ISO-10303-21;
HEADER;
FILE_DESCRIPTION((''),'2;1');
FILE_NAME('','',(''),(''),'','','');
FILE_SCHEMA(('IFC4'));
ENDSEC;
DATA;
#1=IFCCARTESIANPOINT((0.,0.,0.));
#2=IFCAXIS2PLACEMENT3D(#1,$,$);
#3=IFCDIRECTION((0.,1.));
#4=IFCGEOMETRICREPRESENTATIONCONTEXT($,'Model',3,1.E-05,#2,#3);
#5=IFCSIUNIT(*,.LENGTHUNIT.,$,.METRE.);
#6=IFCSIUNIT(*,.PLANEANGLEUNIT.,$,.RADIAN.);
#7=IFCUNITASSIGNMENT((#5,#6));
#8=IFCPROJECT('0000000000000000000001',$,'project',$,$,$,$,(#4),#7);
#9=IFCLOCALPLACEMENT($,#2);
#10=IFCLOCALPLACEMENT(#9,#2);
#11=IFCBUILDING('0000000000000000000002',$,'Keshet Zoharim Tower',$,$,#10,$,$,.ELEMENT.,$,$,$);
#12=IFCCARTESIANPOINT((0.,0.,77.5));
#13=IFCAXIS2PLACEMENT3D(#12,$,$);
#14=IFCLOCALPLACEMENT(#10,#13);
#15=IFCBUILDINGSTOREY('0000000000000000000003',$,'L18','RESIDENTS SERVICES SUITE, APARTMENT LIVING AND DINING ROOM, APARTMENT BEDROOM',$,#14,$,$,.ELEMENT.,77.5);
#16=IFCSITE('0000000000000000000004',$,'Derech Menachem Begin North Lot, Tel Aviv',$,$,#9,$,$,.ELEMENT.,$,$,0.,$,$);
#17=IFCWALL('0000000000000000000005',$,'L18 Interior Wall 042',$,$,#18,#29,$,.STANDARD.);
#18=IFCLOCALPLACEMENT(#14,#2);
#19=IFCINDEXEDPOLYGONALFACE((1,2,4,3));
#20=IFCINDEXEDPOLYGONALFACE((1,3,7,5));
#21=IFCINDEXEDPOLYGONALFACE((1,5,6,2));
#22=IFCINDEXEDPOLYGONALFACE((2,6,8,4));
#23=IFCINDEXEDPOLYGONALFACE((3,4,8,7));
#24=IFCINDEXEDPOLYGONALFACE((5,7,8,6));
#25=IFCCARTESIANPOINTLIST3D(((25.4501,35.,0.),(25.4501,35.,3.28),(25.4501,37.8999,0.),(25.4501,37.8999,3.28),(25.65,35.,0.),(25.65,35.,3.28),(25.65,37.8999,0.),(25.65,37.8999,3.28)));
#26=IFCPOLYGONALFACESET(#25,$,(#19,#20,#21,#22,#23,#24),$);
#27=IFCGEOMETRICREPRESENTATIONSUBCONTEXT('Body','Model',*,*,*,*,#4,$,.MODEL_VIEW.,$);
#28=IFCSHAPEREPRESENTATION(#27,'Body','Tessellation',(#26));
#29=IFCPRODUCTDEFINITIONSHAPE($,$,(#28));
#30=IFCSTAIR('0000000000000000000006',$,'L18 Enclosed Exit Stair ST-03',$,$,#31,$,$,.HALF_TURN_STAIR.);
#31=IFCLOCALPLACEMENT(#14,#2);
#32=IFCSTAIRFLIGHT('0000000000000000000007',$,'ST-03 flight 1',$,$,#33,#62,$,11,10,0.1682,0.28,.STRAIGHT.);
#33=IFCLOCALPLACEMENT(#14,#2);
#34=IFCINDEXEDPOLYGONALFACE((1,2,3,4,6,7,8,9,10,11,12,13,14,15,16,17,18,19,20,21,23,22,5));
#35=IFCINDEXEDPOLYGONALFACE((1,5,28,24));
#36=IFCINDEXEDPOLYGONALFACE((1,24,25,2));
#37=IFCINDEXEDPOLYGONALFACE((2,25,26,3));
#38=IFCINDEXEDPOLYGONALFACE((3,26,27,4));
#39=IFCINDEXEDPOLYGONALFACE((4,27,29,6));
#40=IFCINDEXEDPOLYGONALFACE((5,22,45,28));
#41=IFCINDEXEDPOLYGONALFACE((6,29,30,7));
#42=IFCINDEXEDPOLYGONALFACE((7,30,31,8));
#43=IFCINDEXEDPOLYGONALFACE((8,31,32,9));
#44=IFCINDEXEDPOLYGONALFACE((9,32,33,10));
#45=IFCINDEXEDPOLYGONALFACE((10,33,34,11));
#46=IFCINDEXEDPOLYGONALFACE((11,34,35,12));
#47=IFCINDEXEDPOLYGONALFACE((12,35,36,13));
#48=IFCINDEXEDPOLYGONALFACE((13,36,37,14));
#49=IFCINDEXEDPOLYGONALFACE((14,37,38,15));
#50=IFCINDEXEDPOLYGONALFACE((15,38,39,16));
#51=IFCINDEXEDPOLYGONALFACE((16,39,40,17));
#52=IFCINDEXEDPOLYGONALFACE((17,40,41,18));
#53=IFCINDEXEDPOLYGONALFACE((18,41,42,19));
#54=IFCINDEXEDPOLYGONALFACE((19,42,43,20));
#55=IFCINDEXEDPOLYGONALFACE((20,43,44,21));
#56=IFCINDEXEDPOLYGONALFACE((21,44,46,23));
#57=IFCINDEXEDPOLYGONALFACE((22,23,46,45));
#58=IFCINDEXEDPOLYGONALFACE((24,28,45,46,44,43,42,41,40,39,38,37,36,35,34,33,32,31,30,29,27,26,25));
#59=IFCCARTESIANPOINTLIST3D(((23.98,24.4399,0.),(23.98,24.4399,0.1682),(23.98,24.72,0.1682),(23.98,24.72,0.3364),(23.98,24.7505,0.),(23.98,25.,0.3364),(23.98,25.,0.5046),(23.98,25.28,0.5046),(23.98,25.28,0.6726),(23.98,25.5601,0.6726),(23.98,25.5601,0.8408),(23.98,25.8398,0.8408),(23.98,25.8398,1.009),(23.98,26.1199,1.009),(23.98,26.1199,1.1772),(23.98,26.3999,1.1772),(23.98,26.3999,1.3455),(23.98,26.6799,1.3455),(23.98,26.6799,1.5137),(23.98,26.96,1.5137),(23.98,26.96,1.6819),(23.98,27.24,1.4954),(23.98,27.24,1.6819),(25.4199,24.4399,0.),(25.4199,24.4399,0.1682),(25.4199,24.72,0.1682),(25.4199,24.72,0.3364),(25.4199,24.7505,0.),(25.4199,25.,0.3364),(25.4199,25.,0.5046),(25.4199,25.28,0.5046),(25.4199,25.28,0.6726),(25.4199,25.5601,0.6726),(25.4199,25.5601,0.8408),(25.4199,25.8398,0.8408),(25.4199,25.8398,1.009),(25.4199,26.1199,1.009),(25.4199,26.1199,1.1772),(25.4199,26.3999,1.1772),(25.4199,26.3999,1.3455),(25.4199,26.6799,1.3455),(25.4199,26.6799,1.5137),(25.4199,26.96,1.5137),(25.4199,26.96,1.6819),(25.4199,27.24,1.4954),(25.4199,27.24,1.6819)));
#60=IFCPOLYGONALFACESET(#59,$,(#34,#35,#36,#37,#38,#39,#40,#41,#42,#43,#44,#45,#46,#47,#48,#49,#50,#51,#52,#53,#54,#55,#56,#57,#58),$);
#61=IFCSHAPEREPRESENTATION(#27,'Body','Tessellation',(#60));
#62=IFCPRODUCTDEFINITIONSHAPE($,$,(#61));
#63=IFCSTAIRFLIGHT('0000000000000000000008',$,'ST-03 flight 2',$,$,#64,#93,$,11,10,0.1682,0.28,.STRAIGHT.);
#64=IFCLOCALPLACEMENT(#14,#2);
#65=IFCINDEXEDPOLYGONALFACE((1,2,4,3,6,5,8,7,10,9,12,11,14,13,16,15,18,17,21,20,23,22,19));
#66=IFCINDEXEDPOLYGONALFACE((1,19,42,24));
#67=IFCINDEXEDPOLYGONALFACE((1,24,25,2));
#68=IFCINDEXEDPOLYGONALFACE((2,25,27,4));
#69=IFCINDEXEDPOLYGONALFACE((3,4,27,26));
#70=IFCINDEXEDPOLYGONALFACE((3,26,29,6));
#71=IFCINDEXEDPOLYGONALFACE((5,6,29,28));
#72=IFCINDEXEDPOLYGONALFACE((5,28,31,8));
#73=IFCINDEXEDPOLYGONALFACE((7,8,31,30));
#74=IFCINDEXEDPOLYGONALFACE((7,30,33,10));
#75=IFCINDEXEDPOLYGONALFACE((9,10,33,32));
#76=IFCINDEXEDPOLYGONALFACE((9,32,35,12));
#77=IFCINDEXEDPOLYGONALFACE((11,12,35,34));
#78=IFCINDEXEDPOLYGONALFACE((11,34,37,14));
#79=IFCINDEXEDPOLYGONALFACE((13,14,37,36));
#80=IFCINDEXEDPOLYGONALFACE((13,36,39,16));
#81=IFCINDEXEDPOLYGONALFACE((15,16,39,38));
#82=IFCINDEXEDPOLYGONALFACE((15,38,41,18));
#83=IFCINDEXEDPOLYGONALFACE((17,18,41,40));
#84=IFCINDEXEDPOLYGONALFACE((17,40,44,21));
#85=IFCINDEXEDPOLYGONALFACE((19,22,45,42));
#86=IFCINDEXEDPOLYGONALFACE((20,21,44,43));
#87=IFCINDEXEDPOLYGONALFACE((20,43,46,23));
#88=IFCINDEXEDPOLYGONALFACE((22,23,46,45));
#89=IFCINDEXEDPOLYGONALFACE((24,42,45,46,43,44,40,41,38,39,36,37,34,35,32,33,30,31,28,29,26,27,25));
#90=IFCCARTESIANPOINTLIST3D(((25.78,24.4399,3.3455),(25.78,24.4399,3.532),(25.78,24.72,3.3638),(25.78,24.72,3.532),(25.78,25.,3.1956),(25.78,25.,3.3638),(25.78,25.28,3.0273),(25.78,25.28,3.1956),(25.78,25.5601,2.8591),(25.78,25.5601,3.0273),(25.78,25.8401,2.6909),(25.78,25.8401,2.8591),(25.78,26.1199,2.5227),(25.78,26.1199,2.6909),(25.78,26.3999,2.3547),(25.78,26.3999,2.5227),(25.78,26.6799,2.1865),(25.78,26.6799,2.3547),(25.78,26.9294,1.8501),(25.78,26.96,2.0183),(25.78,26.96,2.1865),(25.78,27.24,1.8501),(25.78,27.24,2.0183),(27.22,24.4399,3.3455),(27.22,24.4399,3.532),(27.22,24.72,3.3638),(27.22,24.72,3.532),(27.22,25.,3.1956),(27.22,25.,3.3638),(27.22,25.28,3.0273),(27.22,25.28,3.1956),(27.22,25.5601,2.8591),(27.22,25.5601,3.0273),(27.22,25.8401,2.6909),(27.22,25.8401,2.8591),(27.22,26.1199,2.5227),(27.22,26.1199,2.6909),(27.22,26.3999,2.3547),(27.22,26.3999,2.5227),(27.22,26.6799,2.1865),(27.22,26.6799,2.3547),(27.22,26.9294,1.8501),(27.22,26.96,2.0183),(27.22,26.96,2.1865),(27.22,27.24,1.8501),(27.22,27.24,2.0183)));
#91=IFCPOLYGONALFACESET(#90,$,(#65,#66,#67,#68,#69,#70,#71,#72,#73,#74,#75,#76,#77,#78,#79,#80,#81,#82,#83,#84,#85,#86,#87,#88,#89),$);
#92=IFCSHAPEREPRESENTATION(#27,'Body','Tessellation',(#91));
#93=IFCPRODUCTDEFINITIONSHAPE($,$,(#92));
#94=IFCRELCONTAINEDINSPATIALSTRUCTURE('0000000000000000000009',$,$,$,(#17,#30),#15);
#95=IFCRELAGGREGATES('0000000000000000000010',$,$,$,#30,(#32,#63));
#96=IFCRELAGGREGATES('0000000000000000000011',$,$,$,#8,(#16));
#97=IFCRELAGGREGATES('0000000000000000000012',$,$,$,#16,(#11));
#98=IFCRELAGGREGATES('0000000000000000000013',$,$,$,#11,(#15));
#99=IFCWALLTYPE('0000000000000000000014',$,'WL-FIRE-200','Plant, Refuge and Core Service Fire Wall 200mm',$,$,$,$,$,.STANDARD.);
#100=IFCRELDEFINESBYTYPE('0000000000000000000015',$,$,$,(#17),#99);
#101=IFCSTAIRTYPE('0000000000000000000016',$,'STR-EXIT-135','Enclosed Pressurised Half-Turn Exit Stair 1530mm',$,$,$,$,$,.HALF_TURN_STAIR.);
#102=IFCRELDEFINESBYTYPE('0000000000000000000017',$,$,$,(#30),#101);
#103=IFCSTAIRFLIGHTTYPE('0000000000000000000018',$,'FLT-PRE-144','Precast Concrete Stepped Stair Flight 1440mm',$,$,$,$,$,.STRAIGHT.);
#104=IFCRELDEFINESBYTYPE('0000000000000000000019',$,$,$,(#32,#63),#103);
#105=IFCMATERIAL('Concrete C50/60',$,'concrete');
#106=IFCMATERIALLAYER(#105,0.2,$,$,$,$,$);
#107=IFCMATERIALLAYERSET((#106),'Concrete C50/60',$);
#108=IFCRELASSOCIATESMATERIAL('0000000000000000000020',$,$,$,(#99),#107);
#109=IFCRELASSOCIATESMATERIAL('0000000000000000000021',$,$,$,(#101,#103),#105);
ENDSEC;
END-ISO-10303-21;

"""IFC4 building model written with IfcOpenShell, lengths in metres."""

from ifc_helpers import new_model, si_unit, direction, frame, frame_2d, origin, place, context, subcontext, project, spatial, polyline, rectangle, outline, extrude, material, layer, layer_set, type_object, element, aggregate, save


model = new_model("IFC4")

# Units and contexts
model_context = context("Model", 3, precision=1e-05, world=origin(), true_north=direction((0.0, 1.0)))
body_context = subcontext(model_context, "Body", "Model", "MODEL_VIEW")
ifc_project = project(units=[si_unit("LENGTHUNIT", "METRE"), si_unit("PLANEANGLEUNIT", "RADIAN")], contexts=[model_context])

# Site, building, storey
site_placement = place(None, origin())
site = spatial("IfcSite", under=ifc_project, at=site_placement, Name="Derech Menachem Begin North Lot, Tel Aviv", CompositionType="ELEMENT", RefElevation=0.0)
building_placement = place(site_placement, origin())
building = spatial("IfcBuilding", under=site, at=building_placement, Name="Keshet Zoharim Tower", CompositionType="ELEMENT")
storey_placement = place(building_placement, frame((0.0, 0.0, 77.5)))
storey = spatial("IfcBuildingStorey", under=building, at=storey_placement, Name="L18", Description="RESIDENTS SERVICES SUITE, APARTMENT LIVING AND DINING ROOM, APARTMENT BEDROOM", CompositionType="ELEMENT", Elevation=77.5)

# Wall
ifc_material_1 = material(Name="Concrete C50/60", Category="concrete")
ifc_layer_1 = layer(ifc_material_1, 0.2)
ifc_layer_set_1 = layer_set([ifc_layer_1], Name="Concrete C50/60")
wall_type_1 = type_object("IfcWallType", Name="WL-FIRE-200", Description="Plant, Refuge and Core Service Fire Wall 200mm", PredefinedType="STANDARD", material=ifc_layer_set_1)
for number, where, z_axis, x_axis, name in (
    (1, (25.55, 35.0, 0.0), (0.0, 0.0, 1.0), (0.0, 1.0, 0.0), "L18 Interior Wall 042"),
):
    element("IfcWall", number, at=place(storey_placement, frame(where, z_axis=z_axis, x_axis=x_axis)), inside=storey, type_object=wall_type_1, Name=name, PredefinedType="STANDARD", context=body_context, shape_type="SweptSolid", body=[
        extrude(rectangle(XDim=2.8999, YDim=0.2, at=frame_2d((1.45, 0.0))), origin(), (0.0, 0.0, 1.0), 3.28),
    ])

# Stair, stair flights
stair_type = type_object("IfcStairType", Name="STR-EXIT-135", Description="Enclosed Pressurised Half-Turn Exit Stair 1530mm", PredefinedType="HALF_TURN_STAIR", material=ifc_material_1)
stair_placement = place(storey_placement, origin())
stair = element("IfcStair", 2, at=stair_placement, inside=storey, type_object=stair_type, Name="L18 Enclosed Exit Stair ST-03", PredefinedType="HALF_TURN_STAIR")
stair_flight_type = type_object("IfcStairFlightType", Name="FLT-PRE-144", Description="Precast Concrete Stepped Stair Flight 1440mm", PredefinedType="STRAIGHT", material=ifc_material_1)
stair_flight_1_placement = place(storey_placement, frame((24.7, 24.4399, 0.0), z_axis=(0.0, 0.0, 1.0), x_axis=(0.0, 1.0, 0.0)))
stair_flight_1 = element("IfcStairFlight", 3, at=stair_flight_1_placement, type_object=stair_flight_type, Name="ST-03 flight 1", NumberOfRisers=11, NumberOfTreads=10, PredefinedType="STRAIGHT", RiserHeight=0.1682, TreadLength=0.28, context=body_context, shape_type="SweptSolid", body=[
    extrude(outline(polyline([(0.0, 0.0), (0.0, 0.1682), (0.28, 0.1682), (0.28, 0.3364), (0.5601, 0.3364), (0.5601, 0.5046), (0.8401, 0.5046), (0.8401, 0.6726), (1.1201, 0.6726), (1.1201, 0.8408), (1.3999, 0.8408), (1.3999, 1.009), (1.6799, 1.009), (1.6799, 1.1772), (1.96, 1.1772), (1.96, 1.3455), (2.24, 1.3455), (2.24, 1.5137), (2.52, 1.5137), (2.52, 1.6819), (2.8, 1.6819), (2.8, 1.8501), (2.8, 1.4954), (0.3105, 0.0), (0.0, 0.0)])), frame((0.0, 0.72, 0.0), z_axis=(0.0, -1.0, 0.0), x_axis=(1.0, 0.0, 0.0)), (0.0, 0.0, 1.0), 1.4399),
])
stair_flight_2_placement = place(storey_placement, frame((26.5, 27.24, 1.8501), z_axis=(0.0, 0.0, 1.0), x_axis=(0.0, -1.0, 0.0)))
stair_flight_2 = element("IfcStairFlight", 4, at=stair_flight_2_placement, type_object=stair_flight_type, Name="ST-03 flight 2", NumberOfRisers=11, NumberOfTreads=10, PredefinedType="STRAIGHT", RiserHeight=0.1682, TreadLength=0.28, context=body_context, shape_type="SweptSolid", body=[
    extrude(outline(polyline([(0.0, 0.0), (0.0, 0.1682), (0.28, 0.1682), (0.28, 0.3364), (0.5601, 0.3364), (0.5601, 0.5046), (0.8401, 0.5046), (0.8401, 0.6726), (1.1201, 0.6726), (1.1201, 0.8408), (1.3999, 0.8408), (1.3999, 1.009), (1.6799, 1.009), (1.6799, 1.1772), (1.96, 1.1772), (1.96, 1.3455), (2.24, 1.3455), (2.24, 1.5137), (2.52, 1.5137), (2.52, 1.6819), (2.8, 1.6819), (2.8, 1.8501), (2.8, 1.4954), (0.3105, 0.0), (0.0, 0.0)])), frame((0.0, 0.72, 0.0), z_axis=(0.0, -1.0, 0.0), x_axis=(1.0, 0.0, 0.0)), (0.0, 0.0, 1.0), 1.4399),
])
aggregate(stair, [stair_flight_1, stair_flight_2])

save(model, "model.ifc")
